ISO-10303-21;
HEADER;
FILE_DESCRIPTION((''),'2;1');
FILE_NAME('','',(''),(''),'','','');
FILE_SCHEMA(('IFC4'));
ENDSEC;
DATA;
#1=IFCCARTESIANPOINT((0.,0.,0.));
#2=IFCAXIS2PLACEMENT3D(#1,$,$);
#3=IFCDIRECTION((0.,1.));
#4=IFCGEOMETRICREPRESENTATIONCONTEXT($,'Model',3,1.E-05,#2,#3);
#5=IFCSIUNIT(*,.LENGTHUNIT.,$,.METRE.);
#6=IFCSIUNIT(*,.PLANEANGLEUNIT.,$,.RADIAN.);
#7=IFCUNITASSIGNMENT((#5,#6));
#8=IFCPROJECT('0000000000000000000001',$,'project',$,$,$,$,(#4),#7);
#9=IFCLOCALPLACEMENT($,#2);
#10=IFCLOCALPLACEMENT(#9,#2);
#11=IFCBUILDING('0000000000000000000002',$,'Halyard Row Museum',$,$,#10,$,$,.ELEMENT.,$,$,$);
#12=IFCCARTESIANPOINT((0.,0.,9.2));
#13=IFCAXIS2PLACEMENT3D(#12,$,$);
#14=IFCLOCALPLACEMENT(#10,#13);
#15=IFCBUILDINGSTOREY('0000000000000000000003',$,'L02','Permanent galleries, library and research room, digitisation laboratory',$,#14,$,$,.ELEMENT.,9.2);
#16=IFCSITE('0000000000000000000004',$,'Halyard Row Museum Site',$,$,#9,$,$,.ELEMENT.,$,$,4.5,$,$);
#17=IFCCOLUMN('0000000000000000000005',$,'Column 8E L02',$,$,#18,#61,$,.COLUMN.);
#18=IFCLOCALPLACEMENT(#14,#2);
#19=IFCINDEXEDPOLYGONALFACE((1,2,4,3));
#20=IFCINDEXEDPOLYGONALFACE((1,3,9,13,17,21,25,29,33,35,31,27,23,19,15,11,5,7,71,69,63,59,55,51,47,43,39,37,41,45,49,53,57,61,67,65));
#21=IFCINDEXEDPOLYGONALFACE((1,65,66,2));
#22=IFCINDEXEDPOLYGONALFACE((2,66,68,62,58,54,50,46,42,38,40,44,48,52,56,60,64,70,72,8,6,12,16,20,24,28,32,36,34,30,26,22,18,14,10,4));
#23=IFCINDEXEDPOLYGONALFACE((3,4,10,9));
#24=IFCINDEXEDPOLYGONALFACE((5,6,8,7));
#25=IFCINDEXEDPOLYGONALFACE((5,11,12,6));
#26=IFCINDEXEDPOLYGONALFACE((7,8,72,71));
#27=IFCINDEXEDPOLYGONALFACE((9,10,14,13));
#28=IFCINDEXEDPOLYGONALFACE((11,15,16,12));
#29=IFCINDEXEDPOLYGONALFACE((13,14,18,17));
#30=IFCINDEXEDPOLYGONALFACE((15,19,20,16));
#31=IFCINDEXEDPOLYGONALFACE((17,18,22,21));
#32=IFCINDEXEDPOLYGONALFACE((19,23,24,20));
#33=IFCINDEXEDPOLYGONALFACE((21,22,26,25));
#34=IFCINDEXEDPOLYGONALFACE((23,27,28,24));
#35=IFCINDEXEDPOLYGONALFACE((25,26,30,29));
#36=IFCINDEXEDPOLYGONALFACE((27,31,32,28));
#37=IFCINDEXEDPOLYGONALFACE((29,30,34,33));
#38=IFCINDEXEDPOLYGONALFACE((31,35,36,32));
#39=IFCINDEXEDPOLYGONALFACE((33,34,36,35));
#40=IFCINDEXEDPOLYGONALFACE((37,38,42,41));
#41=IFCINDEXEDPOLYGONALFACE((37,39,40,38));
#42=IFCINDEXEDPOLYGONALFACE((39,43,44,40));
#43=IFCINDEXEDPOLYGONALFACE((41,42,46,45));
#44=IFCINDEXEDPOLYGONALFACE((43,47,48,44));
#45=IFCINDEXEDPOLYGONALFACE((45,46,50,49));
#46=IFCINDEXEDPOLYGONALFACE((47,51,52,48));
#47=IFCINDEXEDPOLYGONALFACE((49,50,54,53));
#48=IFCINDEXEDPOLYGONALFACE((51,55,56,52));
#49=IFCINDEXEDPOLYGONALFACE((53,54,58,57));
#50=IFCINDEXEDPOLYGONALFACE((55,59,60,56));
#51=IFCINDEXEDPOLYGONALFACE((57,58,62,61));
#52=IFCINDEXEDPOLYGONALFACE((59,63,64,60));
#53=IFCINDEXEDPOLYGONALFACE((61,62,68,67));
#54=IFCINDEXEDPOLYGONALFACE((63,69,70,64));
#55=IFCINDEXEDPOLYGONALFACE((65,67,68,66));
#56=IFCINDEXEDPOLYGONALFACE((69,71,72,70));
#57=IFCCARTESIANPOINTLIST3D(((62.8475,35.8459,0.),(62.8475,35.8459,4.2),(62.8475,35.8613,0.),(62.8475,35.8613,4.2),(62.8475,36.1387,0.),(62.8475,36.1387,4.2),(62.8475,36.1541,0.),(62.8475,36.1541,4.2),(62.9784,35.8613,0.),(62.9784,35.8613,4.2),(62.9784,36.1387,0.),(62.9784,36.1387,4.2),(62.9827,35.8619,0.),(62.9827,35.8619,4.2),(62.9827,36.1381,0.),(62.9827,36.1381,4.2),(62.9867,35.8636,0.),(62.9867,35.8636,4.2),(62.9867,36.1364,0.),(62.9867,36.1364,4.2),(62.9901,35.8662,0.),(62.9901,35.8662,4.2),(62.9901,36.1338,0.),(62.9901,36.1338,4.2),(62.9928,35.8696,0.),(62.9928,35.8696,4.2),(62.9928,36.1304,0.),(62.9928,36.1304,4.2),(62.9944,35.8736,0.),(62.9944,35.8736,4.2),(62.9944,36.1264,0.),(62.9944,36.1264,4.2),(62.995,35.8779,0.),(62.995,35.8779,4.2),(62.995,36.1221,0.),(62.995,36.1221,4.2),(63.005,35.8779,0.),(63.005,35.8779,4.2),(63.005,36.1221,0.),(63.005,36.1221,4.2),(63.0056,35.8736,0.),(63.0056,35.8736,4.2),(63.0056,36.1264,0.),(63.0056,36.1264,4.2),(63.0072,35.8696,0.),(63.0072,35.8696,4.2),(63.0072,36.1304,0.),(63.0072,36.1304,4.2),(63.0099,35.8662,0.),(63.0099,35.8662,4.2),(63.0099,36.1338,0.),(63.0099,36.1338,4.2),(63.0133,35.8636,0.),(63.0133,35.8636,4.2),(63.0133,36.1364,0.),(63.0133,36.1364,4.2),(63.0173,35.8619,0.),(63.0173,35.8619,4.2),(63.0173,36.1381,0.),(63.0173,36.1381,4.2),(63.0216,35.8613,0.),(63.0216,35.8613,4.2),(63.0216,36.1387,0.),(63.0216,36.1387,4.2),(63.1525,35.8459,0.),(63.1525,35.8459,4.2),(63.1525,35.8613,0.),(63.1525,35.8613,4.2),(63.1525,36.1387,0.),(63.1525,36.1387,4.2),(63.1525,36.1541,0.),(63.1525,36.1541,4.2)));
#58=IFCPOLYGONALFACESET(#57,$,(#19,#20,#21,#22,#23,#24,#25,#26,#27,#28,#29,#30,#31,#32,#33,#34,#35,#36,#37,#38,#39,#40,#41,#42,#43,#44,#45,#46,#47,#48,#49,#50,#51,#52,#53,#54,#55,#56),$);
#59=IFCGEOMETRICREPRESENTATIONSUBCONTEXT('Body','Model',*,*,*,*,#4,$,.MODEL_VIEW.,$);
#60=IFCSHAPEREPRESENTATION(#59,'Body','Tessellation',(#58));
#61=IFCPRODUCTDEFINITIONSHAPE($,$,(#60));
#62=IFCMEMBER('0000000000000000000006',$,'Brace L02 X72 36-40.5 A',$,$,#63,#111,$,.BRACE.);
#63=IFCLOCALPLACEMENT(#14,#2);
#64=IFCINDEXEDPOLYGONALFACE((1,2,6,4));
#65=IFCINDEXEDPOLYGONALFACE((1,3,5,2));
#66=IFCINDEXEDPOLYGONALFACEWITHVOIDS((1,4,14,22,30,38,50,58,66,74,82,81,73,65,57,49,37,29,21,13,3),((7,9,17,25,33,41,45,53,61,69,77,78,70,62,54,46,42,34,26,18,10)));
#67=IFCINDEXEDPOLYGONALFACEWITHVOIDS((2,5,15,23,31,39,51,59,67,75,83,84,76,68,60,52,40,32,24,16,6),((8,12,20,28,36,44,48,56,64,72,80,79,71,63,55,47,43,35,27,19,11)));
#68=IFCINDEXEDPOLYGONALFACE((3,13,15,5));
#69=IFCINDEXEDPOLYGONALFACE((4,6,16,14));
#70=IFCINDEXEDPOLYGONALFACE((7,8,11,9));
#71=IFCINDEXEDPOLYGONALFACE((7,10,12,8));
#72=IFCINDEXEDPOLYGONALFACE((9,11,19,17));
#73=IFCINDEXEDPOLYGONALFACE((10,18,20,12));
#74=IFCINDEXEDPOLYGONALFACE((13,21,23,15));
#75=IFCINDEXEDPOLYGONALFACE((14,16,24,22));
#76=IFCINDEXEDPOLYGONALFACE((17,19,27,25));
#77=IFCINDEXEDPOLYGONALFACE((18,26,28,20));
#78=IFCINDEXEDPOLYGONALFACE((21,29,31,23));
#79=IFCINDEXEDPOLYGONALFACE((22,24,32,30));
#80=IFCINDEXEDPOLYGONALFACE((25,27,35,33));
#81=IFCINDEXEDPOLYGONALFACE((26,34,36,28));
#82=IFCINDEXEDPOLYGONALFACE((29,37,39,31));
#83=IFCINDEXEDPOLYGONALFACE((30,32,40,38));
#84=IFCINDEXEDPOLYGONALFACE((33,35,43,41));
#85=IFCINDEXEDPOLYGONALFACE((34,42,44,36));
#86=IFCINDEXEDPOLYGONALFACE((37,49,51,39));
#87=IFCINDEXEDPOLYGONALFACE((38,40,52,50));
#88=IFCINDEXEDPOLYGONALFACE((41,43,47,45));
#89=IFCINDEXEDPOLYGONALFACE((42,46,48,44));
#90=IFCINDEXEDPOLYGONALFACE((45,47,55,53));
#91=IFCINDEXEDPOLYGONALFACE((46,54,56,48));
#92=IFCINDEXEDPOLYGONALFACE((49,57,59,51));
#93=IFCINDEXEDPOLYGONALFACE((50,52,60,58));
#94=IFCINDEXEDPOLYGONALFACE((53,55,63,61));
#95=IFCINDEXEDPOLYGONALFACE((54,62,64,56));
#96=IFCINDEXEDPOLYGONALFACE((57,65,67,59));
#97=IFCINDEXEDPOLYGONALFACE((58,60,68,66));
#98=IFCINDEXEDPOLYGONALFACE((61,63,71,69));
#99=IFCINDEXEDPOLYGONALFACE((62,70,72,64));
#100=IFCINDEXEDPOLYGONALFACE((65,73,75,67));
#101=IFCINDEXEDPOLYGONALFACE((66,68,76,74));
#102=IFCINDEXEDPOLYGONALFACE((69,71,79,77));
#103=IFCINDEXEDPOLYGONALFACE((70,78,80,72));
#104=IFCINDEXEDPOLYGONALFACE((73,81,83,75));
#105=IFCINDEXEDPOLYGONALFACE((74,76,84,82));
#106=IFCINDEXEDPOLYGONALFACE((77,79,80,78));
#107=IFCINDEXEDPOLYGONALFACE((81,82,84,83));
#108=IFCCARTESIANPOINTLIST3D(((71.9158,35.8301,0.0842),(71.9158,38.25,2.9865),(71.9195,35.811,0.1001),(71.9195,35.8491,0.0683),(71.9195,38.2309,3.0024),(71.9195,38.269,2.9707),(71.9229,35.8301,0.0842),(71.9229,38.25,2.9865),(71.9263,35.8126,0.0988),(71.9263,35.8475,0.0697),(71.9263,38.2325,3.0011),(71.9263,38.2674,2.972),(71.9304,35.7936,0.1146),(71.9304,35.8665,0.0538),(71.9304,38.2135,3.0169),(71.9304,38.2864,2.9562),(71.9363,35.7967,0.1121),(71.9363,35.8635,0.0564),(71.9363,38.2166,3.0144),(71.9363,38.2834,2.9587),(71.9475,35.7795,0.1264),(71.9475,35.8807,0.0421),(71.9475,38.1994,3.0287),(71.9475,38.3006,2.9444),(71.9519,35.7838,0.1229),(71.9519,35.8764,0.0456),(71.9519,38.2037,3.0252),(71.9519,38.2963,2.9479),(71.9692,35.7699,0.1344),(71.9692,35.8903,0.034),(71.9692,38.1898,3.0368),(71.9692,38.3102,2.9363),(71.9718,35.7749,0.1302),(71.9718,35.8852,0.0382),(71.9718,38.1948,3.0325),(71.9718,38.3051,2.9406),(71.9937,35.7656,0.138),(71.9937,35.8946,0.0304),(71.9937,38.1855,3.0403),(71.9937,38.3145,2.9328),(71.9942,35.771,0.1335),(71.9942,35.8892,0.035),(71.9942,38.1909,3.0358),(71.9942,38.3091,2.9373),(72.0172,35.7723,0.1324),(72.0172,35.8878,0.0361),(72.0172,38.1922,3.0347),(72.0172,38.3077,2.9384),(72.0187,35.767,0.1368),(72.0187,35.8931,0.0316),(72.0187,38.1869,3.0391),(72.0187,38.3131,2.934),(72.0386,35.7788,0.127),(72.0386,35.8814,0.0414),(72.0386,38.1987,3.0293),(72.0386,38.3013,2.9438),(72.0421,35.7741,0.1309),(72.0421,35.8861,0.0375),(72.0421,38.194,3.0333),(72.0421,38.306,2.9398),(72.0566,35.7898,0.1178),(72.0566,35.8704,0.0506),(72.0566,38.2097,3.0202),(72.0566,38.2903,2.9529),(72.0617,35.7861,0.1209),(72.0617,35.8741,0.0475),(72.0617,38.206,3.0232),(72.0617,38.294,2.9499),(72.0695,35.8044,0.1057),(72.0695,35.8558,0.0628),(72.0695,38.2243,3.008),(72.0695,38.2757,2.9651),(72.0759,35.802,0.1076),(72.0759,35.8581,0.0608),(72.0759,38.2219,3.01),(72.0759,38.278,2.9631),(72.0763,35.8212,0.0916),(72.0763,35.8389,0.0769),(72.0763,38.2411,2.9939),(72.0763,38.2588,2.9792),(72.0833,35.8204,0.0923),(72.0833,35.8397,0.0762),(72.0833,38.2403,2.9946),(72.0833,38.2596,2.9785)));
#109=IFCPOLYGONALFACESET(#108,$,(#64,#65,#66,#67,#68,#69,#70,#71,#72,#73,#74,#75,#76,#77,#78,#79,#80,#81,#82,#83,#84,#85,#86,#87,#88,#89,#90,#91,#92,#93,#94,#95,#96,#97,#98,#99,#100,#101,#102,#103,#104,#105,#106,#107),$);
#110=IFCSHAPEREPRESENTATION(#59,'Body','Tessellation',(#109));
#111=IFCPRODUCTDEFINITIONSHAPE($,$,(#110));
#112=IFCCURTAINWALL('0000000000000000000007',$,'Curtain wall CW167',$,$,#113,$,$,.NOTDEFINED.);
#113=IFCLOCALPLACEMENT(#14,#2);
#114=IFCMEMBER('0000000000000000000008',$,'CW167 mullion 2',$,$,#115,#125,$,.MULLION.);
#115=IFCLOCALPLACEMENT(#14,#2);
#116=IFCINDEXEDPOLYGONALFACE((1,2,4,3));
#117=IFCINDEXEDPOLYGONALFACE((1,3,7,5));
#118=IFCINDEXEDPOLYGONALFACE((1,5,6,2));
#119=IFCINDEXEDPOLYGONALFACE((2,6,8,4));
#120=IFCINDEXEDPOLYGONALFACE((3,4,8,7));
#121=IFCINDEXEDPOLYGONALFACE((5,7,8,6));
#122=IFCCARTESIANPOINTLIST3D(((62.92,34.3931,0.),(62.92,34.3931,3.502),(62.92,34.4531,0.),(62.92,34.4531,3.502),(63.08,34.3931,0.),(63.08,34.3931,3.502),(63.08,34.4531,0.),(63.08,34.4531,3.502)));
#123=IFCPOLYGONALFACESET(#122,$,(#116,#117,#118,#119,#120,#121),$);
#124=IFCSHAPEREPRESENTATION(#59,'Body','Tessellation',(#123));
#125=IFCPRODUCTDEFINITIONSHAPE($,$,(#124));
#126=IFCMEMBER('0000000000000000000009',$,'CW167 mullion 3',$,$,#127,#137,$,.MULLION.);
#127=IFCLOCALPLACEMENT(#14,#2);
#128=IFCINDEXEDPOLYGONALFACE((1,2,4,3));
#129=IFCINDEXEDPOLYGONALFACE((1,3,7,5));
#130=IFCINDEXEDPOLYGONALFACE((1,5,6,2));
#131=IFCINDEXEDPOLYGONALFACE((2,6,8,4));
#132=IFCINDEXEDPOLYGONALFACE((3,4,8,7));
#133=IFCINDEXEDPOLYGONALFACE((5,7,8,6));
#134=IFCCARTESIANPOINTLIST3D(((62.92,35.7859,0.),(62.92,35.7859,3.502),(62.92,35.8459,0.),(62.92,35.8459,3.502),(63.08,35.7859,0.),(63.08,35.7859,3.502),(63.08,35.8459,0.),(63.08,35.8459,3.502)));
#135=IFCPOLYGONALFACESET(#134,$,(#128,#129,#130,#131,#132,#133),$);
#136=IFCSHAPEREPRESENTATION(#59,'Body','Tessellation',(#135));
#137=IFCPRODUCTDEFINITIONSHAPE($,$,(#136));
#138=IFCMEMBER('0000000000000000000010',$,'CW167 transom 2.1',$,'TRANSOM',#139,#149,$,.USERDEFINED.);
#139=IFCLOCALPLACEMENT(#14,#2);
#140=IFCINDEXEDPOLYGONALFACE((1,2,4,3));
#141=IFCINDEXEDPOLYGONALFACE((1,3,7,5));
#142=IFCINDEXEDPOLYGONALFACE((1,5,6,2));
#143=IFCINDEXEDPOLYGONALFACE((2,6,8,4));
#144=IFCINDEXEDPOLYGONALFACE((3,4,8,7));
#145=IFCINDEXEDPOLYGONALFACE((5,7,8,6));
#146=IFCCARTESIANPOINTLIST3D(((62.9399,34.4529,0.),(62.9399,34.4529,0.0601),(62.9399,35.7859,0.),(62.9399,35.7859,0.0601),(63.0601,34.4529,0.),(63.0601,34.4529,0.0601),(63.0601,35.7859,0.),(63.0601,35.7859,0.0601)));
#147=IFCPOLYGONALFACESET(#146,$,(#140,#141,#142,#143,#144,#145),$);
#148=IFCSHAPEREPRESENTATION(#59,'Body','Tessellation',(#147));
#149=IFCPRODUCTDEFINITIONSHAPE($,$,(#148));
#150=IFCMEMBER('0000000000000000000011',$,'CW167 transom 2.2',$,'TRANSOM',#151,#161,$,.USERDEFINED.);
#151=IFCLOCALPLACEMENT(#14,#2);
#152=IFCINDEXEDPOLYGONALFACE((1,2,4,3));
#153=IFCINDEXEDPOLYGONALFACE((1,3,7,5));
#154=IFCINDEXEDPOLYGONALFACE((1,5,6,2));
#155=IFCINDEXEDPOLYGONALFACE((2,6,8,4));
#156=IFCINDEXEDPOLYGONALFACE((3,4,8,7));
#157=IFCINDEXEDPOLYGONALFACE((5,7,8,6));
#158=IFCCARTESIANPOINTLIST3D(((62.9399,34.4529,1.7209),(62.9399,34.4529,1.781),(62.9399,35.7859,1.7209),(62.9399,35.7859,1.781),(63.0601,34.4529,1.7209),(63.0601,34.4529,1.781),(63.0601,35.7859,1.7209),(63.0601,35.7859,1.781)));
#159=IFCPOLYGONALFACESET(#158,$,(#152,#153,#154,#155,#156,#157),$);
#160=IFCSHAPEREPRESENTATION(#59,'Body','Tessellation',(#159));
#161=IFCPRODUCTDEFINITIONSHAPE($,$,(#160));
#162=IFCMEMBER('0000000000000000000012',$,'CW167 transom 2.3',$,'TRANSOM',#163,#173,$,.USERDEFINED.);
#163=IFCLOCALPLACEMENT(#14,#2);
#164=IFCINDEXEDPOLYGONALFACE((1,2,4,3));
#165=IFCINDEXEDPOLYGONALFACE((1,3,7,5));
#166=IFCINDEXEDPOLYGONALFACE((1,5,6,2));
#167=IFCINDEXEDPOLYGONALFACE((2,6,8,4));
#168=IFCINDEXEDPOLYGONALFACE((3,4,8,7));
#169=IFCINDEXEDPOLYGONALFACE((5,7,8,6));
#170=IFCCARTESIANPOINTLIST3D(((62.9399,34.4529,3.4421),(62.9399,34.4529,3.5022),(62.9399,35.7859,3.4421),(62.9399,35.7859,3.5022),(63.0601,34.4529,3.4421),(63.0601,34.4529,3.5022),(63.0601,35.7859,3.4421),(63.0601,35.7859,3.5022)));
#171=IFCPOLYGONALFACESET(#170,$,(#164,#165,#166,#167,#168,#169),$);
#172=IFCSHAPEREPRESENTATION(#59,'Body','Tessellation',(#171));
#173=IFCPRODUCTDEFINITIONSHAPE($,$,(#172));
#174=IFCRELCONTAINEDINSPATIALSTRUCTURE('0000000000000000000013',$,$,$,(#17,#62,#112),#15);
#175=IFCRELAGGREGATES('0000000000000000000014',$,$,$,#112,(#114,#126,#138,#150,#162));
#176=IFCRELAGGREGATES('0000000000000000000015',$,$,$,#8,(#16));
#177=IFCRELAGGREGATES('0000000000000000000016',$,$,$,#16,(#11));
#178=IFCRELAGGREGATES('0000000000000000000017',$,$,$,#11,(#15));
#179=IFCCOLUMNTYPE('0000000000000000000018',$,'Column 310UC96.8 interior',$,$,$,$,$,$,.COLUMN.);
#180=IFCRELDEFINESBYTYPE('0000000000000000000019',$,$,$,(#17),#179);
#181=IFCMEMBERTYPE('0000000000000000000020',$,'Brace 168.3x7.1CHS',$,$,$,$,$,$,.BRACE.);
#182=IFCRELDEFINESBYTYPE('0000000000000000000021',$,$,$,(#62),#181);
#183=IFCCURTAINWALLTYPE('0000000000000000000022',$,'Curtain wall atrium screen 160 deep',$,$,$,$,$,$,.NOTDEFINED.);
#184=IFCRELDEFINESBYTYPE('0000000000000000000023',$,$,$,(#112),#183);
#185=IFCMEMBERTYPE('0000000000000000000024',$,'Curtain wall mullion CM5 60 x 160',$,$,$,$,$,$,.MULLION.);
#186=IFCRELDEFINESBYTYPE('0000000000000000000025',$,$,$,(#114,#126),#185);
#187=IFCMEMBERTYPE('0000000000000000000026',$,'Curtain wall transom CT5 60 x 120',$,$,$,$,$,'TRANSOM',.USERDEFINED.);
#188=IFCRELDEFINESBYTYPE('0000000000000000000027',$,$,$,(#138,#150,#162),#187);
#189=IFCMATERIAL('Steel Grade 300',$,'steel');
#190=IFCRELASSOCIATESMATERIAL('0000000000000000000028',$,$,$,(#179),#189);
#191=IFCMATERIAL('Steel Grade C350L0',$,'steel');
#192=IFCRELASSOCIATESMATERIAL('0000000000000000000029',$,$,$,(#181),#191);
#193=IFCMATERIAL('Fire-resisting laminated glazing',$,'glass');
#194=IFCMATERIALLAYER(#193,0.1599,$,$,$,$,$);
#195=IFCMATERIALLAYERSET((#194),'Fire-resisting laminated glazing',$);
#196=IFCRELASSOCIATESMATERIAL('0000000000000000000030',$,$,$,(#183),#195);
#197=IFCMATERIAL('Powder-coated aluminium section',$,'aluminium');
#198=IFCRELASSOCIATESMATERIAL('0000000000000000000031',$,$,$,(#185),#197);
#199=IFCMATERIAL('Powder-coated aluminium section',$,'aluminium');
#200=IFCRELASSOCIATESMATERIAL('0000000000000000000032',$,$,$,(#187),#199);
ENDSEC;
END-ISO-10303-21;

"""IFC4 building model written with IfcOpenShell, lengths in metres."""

from ifc_helpers import new_model, si_unit, direction, frame, origin, origin_2d, place, context, subcontext, project, spatial, rectangle, hollow_circle, i_section, extrude, material, layer, layer_set, material_profile, profile_set, type_object, element, aggregate, save


model = new_model("IFC4")

# Units and contexts
model_context = context("Model", 3, precision=1e-05, world=origin(), true_north=direction((0.0, 1.0)))
body_context = subcontext(model_context, "Body", "Model", "MODEL_VIEW")
ifc_project = project(units=[si_unit("LENGTHUNIT", "METRE"), si_unit("PLANEANGLEUNIT", "RADIAN")], contexts=[model_context])

# Site, building, storey
site_placement = place(None, origin())
site = spatial("IfcSite", under=ifc_project, at=site_placement, Name="Halyard Row Museum Site", CompositionType="ELEMENT", RefElevation=4.5)
building_placement = place(site_placement, origin())
building = spatial("IfcBuilding", under=site, at=building_placement, Name="Halyard Row Museum", CompositionType="ELEMENT")
storey_placement = place(building_placement, frame((0.0, 0.0, 9.2)))
storey = spatial("IfcBuildingStorey", under=building, at=storey_placement, Name="L02", Description="Permanent galleries, library and research room, digitisation laboratory", CompositionType="ELEMENT", Elevation=9.2)

# Column
ifc_material_1 = material(Name="Steel Grade 300", Category="steel")
ifc_material_profile_1 = material_profile(ifc_material_1, i_section(OverallWidth=0.3049, OverallDepth=0.3081, WebThickness=0.01, FlangeThickness=0.0154, FilletRadius=0.0166, at=origin_2d()), Name="310UC96.8")
ifc_profile_set_1 = profile_set([ifc_material_profile_1], Name="Steel Grade 300")
column_type = type_object("IfcColumnType", Name="Column 310UC96.8 interior", PredefinedType="COLUMN", material=ifc_profile_set_1)
column_placement = place(storey_placement, frame((63.0, 36.0, 0.0), z_axis=(0.0, 0.0, 1.0), x_axis=(1.0, 0.0, 0.0)))
element("IfcColumn", 1, at=column_placement, inside=storey, type_object=column_type, Name="Column 8E L02", PredefinedType="COLUMN", context=body_context, shape_type="SweptSolid", body=[
    extrude(i_section(OverallWidth=0.3049, OverallDepth=0.3081, WebThickness=0.01, FlangeThickness=0.0154, FilletRadius=0.0166, at=origin_2d()), origin(), (0.0, 0.0, 1.0), 4.2),
])

# Member
ifc_material_2 = material(Name="Steel Grade C350L0", Category="steel")
ifc_material_profile_2 = material_profile(ifc_material_2, hollow_circle(Radius=0.0842, WallThickness=0.0071, at=origin_2d()), Name="168.3x7.1CHS")
ifc_profile_set_2 = profile_set([ifc_material_profile_2], Name="Steel Grade C350L0")
member_type_1 = type_object("IfcMemberType", Name="Brace 168.3x7.1CHS", PredefinedType="BRACE", material=ifc_profile_set_2)
member_1_placement = place(storey_placement, frame((72.0, 35.8301, 0.0842), z_axis=(0.0, 0.640388, 0.768052), x_axis=(-1.0, 0.0, 0.0)))
element("IfcMember", 2, at=member_1_placement, inside=storey, type_object=member_type_1, Name="Brace L02 X72 36-40.5 A", PredefinedType="BRACE", context=body_context, shape_type="SweptSolid", body=[
    extrude(hollow_circle(Radius=0.0842, WallThickness=0.0071, at=origin_2d()), origin(), (0.0, 0.0, 1.0), 3.7788),
])

# Curtain wall, members
ifc_material_3 = material(Name="Fire-resisting laminated glazing", Category="glass")
ifc_layer_1 = layer(ifc_material_3, 0.1599)
ifc_layer_set_1 = layer_set([ifc_layer_1], Name="Fire-resisting laminated glazing")
curtain_wall_type = type_object("IfcCurtainWallType", Name="Curtain wall atrium screen 160 deep", PredefinedType="NOTDEFINED", material=ifc_layer_set_1)
curtain_wall_placement = place(storey_placement, origin())
curtain_wall = element("IfcCurtainWall", 3, at=curtain_wall_placement, inside=storey, type_object=curtain_wall_type, Name="Curtain wall CW167", PredefinedType="NOTDEFINED")
ifc_material_4 = material(Name="Powder-coated aluminium section", Category="aluminium")
ifc_material_profile_3 = material_profile(ifc_material_4, rectangle(XDim=0.1599, YDim=0.0601, at=origin_2d()), Name="160x60 mullion")
ifc_profile_set_3 = profile_set([ifc_material_profile_3], Name="Powder-coated aluminium section")
member_type_2 = type_object("IfcMemberType", Name="Curtain wall mullion CM5 60 x 160", PredefinedType="MULLION", material=ifc_profile_set_3)
member_2_placement = place(storey_placement, frame((63.0, 34.4231, 0.0), z_axis=(0.0, 0.0, 1.0), x_axis=(-1.0, 0.0, 0.0)))
member_2 = element("IfcMember", 4, at=member_2_placement, type_object=member_type_2, Name="CW167 mullion 2", PredefinedType="MULLION", context=body_context, shape_type="SweptSolid", body=[
    extrude(rectangle(XDim=0.1599, YDim=0.0601, at=origin_2d()), origin(), (0.0, 0.0, 1.0), 3.502),
])
member_3_placement = place(storey_placement, frame((63.0, 35.8159, 0.0), z_axis=(0.0, 0.0, 1.0), x_axis=(-1.0, 0.0, 0.0)))
member_3 = element("IfcMember", 5, at=member_3_placement, type_object=member_type_2, Name="CW167 mullion 3", PredefinedType="MULLION", context=body_context, shape_type="SweptSolid", body=[
    extrude(rectangle(XDim=0.1599, YDim=0.0601, at=origin_2d()), origin(), (0.0, 0.0, 1.0), 3.502),
])
ifc_material_5 = material(Name="Powder-coated aluminium section", Category="aluminium")
ifc_material_profile_4 = material_profile(ifc_material_5, rectangle(XDim=0.1201, YDim=0.0601, at=origin_2d()), Name="120x60 transom")
ifc_profile_set_4 = profile_set([ifc_material_profile_4], Name="Powder-coated aluminium section")
member_type_3 = type_object("IfcMemberType", Name="Curtain wall transom CT5 60 x 120", ElementType="TRANSOM", PredefinedType="USERDEFINED", material=ifc_profile_set_4)
member_4_placement = place(storey_placement, frame((63.0, 34.4529, 0.03), z_axis=(0.0, 1.0, 0.0), x_axis=(-1.0, 0.0, 0.0)))
member_4 = element("IfcMember", 6, at=member_4_placement, type_object=member_type_3, Name="CW167 transom 2.1", ObjectType="TRANSOM", PredefinedType="USERDEFINED", context=body_context, shape_type="SweptSolid", body=[
    extrude(rectangle(XDim=0.1201, YDim=0.0601, at=origin_2d()), origin(), (0.0, 0.0, 1.0), 1.333),
])
member_5_placement = place(storey_placement, frame((63.0, 34.4529, 1.751), z_axis=(0.0, 1.0, 0.0), x_axis=(-1.0, 0.0, 0.0)))
member_5 = element("IfcMember", 7, at=member_5_placement, type_object=member_type_3, Name="CW167 transom 2.2", ObjectType="TRANSOM", PredefinedType="USERDEFINED", context=body_context, shape_type="SweptSolid", body=[
    extrude(rectangle(XDim=0.1201, YDim=0.0601, at=origin_2d()), origin(), (0.0, 0.0, 1.0), 1.333),
])
member_6_placement = place(storey_placement, frame((63.0, 34.4529, 3.4722), z_axis=(0.0, 1.0, 0.0), x_axis=(-1.0, 0.0, 0.0)))
member_6 = element("IfcMember", 8, at=member_6_placement, type_object=member_type_3, Name="CW167 transom 2.3", ObjectType="TRANSOM", PredefinedType="USERDEFINED", context=body_context, shape_type="SweptSolid", body=[
    extrude(rectangle(XDim=0.1201, YDim=0.0601, at=origin_2d()), origin(), (0.0, 0.0, 1.0), 1.333),
])

aggregate(curtain_wall, [member_2, member_3, member_4, member_5, member_6])

save(model, "model.ifc")
